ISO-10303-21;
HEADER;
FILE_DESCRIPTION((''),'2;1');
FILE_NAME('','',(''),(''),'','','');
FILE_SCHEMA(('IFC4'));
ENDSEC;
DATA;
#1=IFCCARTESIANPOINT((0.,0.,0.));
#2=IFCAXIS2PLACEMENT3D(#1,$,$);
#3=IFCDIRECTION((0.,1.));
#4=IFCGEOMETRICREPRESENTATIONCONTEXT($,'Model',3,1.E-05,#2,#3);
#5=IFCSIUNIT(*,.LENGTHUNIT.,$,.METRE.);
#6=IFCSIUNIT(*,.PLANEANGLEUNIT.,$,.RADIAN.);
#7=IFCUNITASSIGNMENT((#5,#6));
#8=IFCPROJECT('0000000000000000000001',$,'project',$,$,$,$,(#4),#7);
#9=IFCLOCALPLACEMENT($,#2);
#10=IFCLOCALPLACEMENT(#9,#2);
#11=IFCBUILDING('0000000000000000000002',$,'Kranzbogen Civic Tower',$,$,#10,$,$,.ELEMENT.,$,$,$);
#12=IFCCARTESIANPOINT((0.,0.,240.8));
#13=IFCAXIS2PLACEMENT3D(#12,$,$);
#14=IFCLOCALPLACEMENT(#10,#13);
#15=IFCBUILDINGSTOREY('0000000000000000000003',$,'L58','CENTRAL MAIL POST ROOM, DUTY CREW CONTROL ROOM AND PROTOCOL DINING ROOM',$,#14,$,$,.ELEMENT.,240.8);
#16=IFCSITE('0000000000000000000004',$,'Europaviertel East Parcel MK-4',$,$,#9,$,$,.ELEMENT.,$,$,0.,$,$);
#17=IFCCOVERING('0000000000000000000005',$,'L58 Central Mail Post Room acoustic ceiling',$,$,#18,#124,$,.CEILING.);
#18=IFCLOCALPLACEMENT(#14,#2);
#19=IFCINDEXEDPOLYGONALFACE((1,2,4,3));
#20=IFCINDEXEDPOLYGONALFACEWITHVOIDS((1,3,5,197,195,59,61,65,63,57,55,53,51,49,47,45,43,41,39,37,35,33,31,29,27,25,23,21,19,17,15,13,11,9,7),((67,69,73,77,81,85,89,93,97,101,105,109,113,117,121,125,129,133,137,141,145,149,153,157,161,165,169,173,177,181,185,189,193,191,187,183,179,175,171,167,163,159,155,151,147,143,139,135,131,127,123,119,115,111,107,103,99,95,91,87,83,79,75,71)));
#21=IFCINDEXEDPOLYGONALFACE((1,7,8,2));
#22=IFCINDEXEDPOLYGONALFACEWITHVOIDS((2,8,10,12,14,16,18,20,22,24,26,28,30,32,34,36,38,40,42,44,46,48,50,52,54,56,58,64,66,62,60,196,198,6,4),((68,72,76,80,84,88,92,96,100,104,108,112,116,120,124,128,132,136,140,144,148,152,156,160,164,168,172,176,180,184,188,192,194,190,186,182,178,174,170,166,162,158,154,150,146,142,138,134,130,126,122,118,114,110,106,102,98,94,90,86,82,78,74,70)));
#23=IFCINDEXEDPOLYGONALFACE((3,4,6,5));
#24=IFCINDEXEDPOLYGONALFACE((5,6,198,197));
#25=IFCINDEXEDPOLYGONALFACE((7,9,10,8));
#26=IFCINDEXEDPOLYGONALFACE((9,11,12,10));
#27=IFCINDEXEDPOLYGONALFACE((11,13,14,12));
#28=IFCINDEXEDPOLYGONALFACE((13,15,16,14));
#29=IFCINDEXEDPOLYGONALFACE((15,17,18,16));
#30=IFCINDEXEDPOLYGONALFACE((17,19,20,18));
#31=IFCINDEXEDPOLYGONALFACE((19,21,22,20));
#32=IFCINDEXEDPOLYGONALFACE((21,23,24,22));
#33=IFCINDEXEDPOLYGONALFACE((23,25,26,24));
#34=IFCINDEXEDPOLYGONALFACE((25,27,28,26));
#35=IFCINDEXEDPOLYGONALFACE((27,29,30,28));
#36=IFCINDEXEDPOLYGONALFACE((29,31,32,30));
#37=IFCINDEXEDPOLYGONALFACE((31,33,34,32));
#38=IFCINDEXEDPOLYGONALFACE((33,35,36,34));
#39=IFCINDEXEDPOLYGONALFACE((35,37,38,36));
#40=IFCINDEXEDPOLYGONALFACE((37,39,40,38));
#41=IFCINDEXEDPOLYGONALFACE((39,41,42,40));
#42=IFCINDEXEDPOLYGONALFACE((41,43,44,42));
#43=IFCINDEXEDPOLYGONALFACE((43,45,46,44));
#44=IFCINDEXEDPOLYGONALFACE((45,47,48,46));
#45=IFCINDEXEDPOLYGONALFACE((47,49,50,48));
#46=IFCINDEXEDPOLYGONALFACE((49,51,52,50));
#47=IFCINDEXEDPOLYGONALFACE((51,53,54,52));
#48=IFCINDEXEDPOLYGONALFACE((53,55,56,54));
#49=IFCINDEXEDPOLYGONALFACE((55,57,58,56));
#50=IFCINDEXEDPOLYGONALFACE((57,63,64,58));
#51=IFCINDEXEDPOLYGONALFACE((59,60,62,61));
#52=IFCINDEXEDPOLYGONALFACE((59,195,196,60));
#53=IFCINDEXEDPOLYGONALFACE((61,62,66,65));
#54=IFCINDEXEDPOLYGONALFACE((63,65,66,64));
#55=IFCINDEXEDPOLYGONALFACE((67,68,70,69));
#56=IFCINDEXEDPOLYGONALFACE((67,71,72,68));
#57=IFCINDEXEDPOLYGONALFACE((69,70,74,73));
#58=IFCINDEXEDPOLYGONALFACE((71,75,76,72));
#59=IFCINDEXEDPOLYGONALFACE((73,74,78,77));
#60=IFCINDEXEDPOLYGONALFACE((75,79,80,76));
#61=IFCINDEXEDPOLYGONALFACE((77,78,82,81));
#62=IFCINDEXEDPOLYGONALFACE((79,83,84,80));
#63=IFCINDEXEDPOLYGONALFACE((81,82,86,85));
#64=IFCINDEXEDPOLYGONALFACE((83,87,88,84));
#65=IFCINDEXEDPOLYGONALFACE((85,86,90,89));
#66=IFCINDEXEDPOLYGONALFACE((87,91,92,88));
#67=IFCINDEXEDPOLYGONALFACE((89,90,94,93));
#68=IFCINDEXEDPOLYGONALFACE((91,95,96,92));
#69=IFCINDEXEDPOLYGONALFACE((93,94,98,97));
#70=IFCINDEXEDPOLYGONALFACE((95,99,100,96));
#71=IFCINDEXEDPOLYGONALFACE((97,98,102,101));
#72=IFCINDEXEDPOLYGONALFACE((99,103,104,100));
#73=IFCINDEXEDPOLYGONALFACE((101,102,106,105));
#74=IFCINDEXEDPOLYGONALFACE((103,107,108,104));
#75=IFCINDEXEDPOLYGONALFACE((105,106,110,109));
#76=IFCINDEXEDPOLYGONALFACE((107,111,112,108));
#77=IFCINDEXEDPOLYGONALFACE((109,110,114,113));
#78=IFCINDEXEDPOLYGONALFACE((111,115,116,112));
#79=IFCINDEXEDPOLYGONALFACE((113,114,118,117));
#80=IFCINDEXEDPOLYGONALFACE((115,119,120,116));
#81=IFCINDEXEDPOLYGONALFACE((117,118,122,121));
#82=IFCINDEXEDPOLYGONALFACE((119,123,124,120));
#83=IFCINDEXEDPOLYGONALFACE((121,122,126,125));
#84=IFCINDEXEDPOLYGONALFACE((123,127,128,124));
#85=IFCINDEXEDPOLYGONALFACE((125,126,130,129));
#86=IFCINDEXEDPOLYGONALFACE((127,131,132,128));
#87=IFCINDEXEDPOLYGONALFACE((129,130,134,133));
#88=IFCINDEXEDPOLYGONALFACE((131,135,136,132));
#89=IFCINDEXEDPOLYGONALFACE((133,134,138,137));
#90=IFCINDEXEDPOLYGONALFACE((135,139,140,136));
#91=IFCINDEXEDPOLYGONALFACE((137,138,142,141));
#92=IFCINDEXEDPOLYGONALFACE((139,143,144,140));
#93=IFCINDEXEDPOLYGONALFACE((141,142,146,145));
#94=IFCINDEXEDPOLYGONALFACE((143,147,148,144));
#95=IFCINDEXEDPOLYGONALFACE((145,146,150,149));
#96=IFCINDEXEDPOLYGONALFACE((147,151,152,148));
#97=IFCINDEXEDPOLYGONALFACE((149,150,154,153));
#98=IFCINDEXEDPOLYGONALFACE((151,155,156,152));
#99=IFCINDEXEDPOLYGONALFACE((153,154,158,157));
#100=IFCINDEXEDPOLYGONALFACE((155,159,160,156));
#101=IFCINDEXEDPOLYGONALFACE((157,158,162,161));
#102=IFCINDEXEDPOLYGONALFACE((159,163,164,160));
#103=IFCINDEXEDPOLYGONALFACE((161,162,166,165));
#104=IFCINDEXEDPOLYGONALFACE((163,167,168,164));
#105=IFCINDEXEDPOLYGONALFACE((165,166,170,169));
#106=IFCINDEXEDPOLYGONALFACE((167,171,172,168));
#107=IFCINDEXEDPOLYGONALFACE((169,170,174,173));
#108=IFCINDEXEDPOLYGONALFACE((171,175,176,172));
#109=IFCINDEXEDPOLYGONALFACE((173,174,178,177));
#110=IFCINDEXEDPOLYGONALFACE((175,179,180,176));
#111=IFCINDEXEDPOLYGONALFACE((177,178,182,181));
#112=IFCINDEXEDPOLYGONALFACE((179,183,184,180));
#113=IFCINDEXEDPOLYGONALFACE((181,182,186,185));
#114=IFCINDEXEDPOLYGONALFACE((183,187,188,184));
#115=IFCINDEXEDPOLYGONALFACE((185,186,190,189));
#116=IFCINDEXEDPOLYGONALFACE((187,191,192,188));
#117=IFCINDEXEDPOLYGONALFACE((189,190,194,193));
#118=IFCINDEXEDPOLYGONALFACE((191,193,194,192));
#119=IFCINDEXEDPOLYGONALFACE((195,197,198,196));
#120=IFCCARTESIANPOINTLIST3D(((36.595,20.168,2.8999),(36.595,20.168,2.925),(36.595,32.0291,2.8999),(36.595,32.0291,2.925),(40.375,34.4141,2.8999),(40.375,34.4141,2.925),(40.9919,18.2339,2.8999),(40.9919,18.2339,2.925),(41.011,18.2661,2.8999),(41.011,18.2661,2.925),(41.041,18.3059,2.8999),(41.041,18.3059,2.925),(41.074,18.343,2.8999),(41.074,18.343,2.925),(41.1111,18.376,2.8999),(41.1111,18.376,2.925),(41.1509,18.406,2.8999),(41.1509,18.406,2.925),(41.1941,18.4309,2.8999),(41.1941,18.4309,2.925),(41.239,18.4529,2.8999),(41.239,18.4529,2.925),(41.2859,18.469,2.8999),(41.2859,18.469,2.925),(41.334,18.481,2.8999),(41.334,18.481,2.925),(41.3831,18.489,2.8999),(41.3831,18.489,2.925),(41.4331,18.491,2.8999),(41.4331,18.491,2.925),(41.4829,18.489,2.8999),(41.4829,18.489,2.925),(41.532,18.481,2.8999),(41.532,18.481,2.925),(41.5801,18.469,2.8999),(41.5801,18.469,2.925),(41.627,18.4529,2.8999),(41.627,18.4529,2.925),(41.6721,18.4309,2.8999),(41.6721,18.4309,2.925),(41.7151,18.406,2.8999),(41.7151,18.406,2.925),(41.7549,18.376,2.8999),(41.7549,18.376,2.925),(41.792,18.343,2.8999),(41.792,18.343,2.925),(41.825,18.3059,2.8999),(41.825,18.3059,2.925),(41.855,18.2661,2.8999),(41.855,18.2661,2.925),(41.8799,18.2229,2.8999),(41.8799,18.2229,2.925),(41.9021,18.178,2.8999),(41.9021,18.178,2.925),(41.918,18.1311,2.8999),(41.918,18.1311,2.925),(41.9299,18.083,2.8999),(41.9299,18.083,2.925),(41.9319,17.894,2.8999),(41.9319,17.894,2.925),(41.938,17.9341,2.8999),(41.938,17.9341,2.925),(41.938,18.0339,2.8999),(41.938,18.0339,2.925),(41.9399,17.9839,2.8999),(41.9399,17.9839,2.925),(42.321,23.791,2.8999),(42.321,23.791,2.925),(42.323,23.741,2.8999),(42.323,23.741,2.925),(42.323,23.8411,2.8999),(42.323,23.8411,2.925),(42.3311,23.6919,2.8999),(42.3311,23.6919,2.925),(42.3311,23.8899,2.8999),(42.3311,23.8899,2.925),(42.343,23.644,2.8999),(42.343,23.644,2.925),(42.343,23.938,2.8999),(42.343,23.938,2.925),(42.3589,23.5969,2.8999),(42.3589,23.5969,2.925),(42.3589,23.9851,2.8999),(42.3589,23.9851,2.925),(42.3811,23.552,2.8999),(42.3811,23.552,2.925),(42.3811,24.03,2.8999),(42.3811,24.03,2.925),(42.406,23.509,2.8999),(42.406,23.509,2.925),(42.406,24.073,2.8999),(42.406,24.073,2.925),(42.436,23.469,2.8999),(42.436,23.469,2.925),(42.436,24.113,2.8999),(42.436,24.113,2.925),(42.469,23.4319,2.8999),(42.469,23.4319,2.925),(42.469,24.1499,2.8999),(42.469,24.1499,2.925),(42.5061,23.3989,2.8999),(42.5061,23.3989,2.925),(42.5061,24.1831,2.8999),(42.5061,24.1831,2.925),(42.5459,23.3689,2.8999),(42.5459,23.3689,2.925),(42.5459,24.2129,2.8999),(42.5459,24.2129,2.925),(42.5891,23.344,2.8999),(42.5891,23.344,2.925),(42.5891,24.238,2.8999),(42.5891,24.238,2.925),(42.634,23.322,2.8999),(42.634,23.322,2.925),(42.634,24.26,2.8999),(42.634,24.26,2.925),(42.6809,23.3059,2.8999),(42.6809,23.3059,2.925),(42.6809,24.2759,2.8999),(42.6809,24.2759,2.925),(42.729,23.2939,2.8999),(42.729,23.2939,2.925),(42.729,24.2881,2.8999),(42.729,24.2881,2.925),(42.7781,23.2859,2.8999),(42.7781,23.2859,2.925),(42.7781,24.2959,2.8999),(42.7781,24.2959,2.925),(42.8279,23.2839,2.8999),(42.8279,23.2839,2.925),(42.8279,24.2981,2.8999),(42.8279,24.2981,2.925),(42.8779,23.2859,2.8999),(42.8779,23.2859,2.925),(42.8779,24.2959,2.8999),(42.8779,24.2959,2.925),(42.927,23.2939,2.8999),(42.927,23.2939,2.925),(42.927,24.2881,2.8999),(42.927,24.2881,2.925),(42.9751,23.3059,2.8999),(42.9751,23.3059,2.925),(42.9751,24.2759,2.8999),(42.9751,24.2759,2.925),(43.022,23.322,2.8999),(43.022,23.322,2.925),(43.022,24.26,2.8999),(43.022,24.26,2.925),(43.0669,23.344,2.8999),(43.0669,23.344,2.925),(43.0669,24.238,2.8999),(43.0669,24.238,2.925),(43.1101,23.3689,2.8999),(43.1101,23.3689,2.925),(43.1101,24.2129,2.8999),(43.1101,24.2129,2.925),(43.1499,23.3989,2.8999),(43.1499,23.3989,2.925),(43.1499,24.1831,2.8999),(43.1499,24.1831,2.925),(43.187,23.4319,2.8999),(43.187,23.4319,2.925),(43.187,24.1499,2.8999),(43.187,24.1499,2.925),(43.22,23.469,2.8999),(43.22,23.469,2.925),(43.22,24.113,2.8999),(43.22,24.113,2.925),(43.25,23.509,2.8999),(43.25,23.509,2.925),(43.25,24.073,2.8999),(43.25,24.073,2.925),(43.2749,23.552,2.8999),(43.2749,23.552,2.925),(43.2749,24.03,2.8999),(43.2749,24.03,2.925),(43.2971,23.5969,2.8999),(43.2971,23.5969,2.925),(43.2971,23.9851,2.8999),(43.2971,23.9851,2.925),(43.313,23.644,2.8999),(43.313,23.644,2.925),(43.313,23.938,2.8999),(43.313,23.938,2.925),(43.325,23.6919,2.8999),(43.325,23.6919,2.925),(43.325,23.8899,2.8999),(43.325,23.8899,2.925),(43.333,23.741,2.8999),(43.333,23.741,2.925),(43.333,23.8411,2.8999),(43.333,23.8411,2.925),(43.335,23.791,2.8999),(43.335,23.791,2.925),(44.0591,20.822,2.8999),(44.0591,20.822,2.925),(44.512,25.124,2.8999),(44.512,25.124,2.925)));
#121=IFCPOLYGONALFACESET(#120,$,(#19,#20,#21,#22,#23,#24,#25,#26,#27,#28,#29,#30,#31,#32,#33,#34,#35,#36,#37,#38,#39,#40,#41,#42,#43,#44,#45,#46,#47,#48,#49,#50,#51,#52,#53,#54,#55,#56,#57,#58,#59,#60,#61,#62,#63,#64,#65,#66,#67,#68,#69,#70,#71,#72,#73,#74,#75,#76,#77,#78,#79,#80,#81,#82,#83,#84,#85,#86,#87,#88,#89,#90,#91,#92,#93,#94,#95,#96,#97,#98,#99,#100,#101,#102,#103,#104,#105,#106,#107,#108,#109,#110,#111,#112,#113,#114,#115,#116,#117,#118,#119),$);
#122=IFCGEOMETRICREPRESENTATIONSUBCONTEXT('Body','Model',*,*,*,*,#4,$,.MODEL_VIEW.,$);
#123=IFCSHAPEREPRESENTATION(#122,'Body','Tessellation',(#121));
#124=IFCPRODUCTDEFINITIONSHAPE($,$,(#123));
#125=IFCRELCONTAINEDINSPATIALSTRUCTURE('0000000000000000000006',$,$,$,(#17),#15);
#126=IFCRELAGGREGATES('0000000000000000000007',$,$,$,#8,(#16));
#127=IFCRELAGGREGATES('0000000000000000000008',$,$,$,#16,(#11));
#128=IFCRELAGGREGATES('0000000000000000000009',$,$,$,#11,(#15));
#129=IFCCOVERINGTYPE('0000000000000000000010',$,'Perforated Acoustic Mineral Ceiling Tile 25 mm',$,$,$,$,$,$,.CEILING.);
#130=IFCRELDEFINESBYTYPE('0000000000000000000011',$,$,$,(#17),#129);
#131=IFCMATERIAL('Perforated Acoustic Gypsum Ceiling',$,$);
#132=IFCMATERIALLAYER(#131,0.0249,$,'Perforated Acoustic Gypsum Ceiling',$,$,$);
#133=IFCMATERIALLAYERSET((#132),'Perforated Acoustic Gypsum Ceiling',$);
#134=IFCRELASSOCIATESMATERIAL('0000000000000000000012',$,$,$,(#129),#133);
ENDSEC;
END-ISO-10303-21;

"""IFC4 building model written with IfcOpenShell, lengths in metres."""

from ifc_helpers import new_model, si_unit, direction, frame, origin, place, context, subcontext, project, spatial, polyline, outline, extrude, material, layer, layer_set, type_object, element, save


model = new_model("IFC4")

# Units and contexts
model_context = context("Model", 3, precision=1e-05, world=origin(), true_north=direction((0.0, 1.0)))
body_context = subcontext(model_context, "Body", "Model", "MODEL_VIEW")
ifc_project = project(units=[si_unit("LENGTHUNIT", "METRE"), si_unit("PLANEANGLEUNIT", "RADIAN")], contexts=[model_context])

# Site, building, storey
site_placement = place(None, origin())
site = spatial("IfcSite", under=ifc_project, at=site_placement, Name="Europaviertel East Parcel MK-4", CompositionType="ELEMENT", RefElevation=0.0)
building_placement = place(site_placement, origin())
building = spatial("IfcBuilding", under=site, at=building_placement, Name="Kranzbogen Civic Tower", CompositionType="ELEMENT")
storey_placement = place(building_placement, frame((0.0, 0.0, 240.8)))
storey = spatial("IfcBuildingStorey", under=building, at=storey_placement, Name="L58", Description="CENTRAL MAIL POST ROOM, DUTY CREW CONTROL ROOM AND PROTOCOL DINING ROOM", CompositionType="ELEMENT", Elevation=240.8)

# Covering
ifc_material_1 = material(Name="Perforated Acoustic Gypsum Ceiling")
ifc_layer_1 = layer(ifc_material_1, 0.0249, Name="Perforated Acoustic Gypsum Ceiling")
ifc_layer_set_1 = layer_set([ifc_layer_1], Name="Perforated Acoustic Gypsum Ceiling")
covering_type = type_object("IfcCoveringType", Name="Perforated Acoustic Mineral Ceiling Tile 25 mm", PredefinedType="CEILING", material=ifc_layer_set_1)
covering_1_placement = place(storey_placement, frame((0.0, 0.0, 2.8999)))
element("IfcCovering", 1, at=covering_1_placement, inside=storey, type_object=covering_type, Name="L58 Central Mail Post Room acoustic ceiling", PredefinedType="CEILING", context=body_context, shape_type="SweptSolid", body=[
    extrude(outline(polyline([(44.0591, 20.822), (41.9319, 17.894), (41.938, 17.9341), (41.9399, 17.9839), (41.938, 18.0339), (41.9299, 18.083), (41.918, 18.1311), (41.9021, 18.178), (41.8799, 18.2229), (41.855, 18.2661), (41.825, 18.3059), (41.792, 18.343), (41.7549, 18.376), (41.7151, 18.406), (41.6721, 18.4309), (41.627, 18.4529), (41.5801, 18.469), (41.532, 18.481), (41.4829, 18.489), (41.4331, 18.491), (41.3831, 18.489), (41.334, 18.481), (41.2859, 18.469), (41.239, 18.4529), (41.1941, 18.4309), (41.1509, 18.406), (41.1111, 18.376), (41.074, 18.343), (41.041, 18.3059), (41.011, 18.2661), (40.9919, 18.2339), (36.595, 20.168), (36.595, 32.0291), (40.375, 34.4141), (44.512, 25.124), (44.0591, 20.822)]), holes=[polyline([(43.2971, 23.5969), (43.2749, 23.552), (43.25, 23.509), (43.22, 23.469), (43.187, 23.4319), (43.1499, 23.3989), (43.1101, 23.3689), (43.0669, 23.344), (43.022, 23.322), (42.9751, 23.3059), (42.927, 23.2939), (42.8779, 23.2859), (42.8279, 23.2839), (42.7781, 23.2859), (42.729, 23.2939), (42.6809, 23.3059), (42.634, 23.322), (42.5891, 23.344), (42.5459, 23.3689), (42.5061, 23.3989), (42.469, 23.4319), (42.436, 23.469), (42.406, 23.509), (42.3811, 23.552), (42.3589, 23.5969), (42.343, 23.644), (42.3311, 23.6919), (42.323, 23.741), (42.321, 23.791), (42.323, 23.8411), (42.3311, 23.8899), (42.343, 23.938), (42.3589, 23.9851), (42.3811, 24.03), (42.406, 24.073), (42.436, 24.113), (42.469, 24.1499), (42.5061, 24.1831), (42.5459, 24.2129), (42.5891, 24.238), (42.634, 24.26), (42.6809, 24.2759), (42.729, 24.2881), (42.7781, 24.2959), (42.8279, 24.2981), (42.8779, 24.2959), (42.927, 24.2881), (42.9751, 24.2759), (43.022, 24.26), (43.0669, 24.238), (43.1101, 24.2129), (43.1499, 24.1831), (43.187, 24.1499), (43.22, 24.113), (43.25, 24.073), (43.2749, 24.03), (43.2971, 23.9851), (43.313, 23.938), (43.325, 23.8899), (43.333, 23.8411), (43.335, 23.791), (43.333, 23.741), (43.325, 23.6919), (43.313, 23.644), (43.2971, 23.5969)])]), origin(), (0.0, 0.0, 1.0), 0.0251),
])

save(model, "model.ifc")
